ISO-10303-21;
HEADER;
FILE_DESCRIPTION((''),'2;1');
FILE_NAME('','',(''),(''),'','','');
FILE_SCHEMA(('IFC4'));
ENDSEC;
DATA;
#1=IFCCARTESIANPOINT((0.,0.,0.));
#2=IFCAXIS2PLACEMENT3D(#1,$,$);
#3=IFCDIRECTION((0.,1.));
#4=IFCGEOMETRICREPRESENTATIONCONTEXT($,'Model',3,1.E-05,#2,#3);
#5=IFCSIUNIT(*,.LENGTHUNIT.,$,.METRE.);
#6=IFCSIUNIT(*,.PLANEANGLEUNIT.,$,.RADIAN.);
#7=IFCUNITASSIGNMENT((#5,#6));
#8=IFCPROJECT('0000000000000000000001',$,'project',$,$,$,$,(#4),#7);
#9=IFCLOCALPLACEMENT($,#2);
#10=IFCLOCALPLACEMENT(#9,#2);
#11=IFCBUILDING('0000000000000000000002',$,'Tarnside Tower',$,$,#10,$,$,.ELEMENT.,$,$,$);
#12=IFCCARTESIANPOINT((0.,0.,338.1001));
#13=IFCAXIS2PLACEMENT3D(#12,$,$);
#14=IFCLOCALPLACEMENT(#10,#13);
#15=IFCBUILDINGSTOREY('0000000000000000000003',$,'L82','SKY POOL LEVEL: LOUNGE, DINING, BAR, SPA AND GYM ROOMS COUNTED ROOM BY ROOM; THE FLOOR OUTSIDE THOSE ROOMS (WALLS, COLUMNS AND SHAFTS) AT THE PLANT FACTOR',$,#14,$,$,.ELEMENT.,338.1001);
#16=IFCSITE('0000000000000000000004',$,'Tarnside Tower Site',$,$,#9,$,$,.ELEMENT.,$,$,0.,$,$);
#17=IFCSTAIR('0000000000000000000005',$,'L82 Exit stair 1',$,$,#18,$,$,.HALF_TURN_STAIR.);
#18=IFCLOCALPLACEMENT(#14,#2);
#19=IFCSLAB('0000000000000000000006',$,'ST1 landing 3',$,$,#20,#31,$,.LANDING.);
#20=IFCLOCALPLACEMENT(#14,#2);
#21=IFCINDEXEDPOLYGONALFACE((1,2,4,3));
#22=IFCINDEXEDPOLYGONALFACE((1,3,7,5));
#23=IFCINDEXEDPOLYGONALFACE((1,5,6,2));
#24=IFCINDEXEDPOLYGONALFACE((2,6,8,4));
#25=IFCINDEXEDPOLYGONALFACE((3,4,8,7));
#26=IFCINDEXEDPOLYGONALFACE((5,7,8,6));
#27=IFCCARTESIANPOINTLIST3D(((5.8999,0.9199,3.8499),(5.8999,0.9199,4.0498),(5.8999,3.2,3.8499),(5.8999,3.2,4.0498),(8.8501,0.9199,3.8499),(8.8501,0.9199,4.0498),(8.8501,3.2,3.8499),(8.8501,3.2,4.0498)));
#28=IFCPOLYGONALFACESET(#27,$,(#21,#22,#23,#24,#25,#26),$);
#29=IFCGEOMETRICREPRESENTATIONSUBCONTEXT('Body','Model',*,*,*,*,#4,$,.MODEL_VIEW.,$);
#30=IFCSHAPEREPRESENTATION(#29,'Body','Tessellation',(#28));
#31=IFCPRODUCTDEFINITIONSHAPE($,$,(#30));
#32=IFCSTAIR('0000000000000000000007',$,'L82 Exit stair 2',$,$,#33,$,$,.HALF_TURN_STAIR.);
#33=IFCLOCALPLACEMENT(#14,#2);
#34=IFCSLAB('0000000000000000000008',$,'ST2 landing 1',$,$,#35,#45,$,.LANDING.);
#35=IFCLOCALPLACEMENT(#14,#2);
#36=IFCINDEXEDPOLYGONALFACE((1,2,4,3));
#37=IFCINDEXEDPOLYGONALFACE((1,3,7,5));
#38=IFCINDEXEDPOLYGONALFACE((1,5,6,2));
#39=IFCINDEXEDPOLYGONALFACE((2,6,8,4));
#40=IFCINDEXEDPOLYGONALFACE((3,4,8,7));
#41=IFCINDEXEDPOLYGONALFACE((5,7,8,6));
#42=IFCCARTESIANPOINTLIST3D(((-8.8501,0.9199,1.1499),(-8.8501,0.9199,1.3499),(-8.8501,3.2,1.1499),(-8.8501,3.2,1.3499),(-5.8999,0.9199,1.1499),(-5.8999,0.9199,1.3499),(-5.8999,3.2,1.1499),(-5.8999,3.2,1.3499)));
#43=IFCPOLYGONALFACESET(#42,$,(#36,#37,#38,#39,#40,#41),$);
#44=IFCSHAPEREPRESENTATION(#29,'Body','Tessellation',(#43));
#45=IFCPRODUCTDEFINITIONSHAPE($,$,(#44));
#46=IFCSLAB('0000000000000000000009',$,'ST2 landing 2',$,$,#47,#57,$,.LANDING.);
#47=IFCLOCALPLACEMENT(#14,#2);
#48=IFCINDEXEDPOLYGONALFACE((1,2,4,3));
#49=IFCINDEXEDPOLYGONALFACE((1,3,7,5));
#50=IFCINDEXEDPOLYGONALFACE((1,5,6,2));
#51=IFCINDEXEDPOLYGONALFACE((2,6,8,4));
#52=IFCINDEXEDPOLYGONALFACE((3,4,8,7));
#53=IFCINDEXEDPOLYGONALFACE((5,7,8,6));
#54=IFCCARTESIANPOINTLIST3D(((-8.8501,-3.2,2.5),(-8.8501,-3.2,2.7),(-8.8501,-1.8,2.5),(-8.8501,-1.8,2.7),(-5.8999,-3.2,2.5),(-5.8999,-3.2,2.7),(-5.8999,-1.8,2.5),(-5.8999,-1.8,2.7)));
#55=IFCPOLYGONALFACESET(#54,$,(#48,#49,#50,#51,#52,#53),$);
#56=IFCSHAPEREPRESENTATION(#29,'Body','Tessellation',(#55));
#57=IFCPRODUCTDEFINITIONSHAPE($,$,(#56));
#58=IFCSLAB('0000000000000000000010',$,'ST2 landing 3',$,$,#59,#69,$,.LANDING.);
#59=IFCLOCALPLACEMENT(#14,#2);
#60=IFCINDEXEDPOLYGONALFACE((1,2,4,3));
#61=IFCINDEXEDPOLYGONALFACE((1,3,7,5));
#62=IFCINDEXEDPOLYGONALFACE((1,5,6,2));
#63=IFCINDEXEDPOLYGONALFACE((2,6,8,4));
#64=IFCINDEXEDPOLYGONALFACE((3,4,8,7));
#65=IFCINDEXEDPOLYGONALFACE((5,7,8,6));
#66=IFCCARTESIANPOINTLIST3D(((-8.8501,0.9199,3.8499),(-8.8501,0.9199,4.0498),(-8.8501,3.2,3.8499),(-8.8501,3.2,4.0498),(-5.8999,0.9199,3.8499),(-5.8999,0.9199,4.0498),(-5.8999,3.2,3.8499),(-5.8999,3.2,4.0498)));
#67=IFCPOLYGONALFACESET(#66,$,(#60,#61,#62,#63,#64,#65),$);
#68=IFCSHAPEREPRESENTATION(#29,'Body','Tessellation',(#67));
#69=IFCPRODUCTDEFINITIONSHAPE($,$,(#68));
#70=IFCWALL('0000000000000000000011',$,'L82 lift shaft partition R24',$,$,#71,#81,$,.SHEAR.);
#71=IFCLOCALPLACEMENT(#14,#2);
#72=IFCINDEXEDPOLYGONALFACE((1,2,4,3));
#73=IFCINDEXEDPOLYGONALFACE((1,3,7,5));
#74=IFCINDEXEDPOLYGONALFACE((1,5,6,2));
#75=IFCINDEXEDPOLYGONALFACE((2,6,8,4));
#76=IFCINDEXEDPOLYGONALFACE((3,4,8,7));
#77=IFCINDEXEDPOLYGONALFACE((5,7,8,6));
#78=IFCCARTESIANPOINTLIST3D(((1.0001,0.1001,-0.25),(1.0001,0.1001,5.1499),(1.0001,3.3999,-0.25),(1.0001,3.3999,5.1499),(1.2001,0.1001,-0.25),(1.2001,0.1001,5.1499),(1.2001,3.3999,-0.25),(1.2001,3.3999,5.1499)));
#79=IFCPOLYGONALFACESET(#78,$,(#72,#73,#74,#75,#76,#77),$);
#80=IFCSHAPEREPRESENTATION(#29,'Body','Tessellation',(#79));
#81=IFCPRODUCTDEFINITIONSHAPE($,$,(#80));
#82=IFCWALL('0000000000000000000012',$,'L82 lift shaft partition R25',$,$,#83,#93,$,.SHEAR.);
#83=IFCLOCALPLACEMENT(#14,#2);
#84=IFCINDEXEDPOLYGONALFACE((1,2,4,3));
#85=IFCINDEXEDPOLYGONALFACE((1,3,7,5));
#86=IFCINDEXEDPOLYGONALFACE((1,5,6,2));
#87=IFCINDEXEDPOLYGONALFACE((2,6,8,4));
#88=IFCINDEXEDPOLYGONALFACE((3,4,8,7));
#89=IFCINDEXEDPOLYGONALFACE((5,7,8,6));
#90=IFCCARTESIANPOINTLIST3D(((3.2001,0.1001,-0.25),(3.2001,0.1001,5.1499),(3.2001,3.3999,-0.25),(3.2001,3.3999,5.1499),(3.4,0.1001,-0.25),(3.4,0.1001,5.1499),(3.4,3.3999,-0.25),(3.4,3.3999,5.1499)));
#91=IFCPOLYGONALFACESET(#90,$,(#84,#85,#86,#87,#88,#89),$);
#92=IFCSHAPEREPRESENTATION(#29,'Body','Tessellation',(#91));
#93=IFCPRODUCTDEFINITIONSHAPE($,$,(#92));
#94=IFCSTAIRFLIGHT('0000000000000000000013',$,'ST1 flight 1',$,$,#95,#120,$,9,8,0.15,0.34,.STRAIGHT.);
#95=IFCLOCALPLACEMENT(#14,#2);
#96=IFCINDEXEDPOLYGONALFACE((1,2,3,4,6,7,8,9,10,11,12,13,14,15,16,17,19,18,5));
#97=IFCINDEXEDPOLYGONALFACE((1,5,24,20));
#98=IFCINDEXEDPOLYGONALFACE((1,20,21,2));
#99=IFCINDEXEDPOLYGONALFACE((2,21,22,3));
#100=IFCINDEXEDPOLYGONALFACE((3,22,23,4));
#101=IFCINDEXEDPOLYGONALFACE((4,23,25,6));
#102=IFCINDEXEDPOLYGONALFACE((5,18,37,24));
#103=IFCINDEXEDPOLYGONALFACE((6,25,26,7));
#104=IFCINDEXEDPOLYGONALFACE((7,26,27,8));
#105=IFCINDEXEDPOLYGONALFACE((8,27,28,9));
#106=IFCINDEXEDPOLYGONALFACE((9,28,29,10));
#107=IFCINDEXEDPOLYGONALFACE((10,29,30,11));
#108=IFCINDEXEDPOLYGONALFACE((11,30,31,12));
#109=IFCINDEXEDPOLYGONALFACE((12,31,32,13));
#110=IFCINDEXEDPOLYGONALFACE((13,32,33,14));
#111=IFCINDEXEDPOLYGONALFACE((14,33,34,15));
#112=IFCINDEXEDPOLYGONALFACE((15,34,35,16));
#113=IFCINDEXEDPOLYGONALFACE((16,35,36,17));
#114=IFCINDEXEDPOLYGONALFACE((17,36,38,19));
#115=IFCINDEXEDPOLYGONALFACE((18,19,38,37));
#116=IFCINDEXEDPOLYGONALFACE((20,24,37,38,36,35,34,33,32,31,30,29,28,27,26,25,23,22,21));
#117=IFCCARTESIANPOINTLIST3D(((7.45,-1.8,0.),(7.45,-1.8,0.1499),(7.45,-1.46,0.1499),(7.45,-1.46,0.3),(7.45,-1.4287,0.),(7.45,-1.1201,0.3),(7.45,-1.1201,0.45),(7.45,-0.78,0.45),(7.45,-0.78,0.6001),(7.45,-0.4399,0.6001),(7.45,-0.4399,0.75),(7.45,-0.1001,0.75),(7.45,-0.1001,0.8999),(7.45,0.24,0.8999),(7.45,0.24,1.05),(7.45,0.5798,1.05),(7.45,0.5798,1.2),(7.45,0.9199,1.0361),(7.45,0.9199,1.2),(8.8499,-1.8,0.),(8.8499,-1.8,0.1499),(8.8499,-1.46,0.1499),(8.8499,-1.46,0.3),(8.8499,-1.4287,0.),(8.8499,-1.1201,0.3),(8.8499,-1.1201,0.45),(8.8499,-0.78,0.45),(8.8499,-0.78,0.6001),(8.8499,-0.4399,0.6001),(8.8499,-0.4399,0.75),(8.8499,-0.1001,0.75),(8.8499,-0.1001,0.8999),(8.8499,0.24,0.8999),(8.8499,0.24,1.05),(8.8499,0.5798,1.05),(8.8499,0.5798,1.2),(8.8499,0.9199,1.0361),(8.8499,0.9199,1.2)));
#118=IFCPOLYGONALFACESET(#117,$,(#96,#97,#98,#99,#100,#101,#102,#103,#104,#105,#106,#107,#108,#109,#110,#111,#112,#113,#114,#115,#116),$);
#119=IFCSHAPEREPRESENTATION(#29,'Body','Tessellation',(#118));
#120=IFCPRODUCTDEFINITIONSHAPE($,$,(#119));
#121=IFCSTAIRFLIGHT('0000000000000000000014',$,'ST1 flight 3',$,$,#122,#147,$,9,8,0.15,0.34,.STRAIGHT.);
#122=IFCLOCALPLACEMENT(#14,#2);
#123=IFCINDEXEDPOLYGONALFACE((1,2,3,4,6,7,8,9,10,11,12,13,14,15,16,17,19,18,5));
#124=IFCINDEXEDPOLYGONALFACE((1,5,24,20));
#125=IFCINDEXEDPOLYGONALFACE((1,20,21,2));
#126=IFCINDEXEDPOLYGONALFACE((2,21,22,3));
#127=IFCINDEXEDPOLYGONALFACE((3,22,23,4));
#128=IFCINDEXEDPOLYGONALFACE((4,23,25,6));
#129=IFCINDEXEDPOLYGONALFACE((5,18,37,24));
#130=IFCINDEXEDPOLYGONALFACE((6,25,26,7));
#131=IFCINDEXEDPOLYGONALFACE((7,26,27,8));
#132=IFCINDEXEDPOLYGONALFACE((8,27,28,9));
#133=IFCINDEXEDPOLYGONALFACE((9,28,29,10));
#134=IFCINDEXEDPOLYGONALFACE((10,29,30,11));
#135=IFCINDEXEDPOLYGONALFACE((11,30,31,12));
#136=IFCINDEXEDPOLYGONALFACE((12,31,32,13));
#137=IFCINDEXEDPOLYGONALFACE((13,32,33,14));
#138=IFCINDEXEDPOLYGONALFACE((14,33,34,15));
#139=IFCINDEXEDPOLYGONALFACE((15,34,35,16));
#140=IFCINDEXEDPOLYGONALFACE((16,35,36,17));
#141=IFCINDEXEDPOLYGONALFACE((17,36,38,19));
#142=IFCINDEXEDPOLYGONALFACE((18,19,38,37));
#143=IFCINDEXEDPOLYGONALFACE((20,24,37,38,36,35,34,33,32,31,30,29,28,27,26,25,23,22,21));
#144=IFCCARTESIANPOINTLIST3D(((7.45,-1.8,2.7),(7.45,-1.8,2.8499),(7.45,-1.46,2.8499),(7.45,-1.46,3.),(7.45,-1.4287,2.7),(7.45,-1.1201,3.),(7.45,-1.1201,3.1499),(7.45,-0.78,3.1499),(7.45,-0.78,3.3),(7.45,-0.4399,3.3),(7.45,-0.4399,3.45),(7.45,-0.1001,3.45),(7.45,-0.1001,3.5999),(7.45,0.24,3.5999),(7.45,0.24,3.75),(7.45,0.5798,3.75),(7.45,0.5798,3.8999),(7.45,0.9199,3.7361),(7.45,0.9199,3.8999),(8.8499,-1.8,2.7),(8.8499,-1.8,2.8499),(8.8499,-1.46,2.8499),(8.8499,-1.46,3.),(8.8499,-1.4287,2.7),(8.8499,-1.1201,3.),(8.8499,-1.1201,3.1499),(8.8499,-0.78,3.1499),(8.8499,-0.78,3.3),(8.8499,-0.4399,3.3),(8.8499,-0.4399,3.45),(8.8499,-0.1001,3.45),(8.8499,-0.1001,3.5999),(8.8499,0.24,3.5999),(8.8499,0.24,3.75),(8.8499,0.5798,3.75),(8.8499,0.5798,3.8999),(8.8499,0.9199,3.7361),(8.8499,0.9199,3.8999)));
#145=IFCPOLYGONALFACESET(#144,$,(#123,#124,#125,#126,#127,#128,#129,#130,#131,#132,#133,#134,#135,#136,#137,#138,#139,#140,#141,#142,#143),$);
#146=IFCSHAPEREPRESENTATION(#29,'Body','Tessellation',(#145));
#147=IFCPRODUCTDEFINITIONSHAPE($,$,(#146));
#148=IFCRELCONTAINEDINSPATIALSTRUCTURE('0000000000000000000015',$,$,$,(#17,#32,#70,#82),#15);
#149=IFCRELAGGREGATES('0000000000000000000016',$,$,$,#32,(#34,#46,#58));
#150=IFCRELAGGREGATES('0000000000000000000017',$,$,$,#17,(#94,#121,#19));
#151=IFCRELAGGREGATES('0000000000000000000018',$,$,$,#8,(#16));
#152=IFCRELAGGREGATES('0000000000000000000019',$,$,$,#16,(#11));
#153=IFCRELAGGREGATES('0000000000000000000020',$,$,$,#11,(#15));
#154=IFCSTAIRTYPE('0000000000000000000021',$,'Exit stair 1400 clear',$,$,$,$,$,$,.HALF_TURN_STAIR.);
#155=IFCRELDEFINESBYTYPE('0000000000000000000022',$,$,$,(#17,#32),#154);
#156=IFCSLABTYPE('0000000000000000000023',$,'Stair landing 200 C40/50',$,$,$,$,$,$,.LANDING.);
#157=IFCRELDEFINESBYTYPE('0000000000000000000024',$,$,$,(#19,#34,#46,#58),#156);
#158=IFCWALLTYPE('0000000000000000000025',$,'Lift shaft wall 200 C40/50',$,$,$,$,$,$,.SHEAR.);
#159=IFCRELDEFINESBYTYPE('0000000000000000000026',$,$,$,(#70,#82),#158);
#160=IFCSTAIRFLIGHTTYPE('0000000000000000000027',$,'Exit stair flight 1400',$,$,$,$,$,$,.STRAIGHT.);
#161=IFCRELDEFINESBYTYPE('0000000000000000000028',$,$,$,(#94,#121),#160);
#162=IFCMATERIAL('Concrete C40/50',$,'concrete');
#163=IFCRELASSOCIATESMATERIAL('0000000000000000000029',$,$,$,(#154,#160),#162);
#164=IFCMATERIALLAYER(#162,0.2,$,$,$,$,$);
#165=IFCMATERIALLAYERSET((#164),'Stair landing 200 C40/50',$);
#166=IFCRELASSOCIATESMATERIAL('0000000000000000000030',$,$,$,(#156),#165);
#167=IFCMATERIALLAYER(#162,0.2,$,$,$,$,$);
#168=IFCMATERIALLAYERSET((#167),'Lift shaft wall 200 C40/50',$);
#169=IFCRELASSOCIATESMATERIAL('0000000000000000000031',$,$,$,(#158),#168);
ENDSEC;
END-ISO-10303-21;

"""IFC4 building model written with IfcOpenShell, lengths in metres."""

from ifc_helpers import new_model, si_unit, direction, frame, frame_2d, origin, place, context, subcontext, project, spatial, polyline, rectangle, outline, extrude, material, layer, layer_set, type_object, element, aggregate, save


model = new_model("IFC4")

# Units and contexts
model_context = context("Model", 3, precision=1e-05, world=origin(), true_north=direction((0.0, 1.0)))
body_context = subcontext(model_context, "Body", "Model", "MODEL_VIEW")
ifc_project = project(units=[si_unit("LENGTHUNIT", "METRE"), si_unit("PLANEANGLEUNIT", "RADIAN")], contexts=[model_context])

# Site, building, storey
site_placement = place(None, origin())
site = spatial("IfcSite", under=ifc_project, at=site_placement, Name="Tarnside Tower Site", CompositionType="ELEMENT", RefElevation=0.0)
building_placement = place(site_placement, origin())
building = spatial("IfcBuilding", under=site, at=building_placement, Name="Tarnside Tower", CompositionType="ELEMENT")
storey_placement = place(building_placement, frame((0.0, 0.0, 338.1001)))
storey = spatial("IfcBuildingStorey", under=building, at=storey_placement, Name="L82", Description="SKY POOL LEVEL: LOUNGE, DINING, BAR, SPA AND GYM ROOMS COUNTED ROOM BY ROOM; THE FLOOR OUTSIDE THOSE ROOMS (WALLS, COLUMNS AND SHAFTS) AT THE PLANT FACTOR", CompositionType="ELEMENT", Elevation=338.1001)

# Shared definitions
ifc_material_1 = material(Name="Concrete C40/50", Category="concrete")

# Stairs, slabs
stair_type = type_object("IfcStairType", Name="Exit stair 1400 clear", PredefinedType="HALF_TURN_STAIR", material=ifc_material_1)
stair_1_placement = place(storey_placement, origin())
stair_1 = element("IfcStair", 1, at=stair_1_placement, inside=storey, type_object=stair_type, Name="L82 Exit stair 1", PredefinedType="HALF_TURN_STAIR")
ifc_layer_1 = layer(ifc_material_1, 0.2)
ifc_layer_set_1 = layer_set([ifc_layer_1], Name="Stair landing 200 C40/50")
slab_type_1 = type_object("IfcSlabType", Name="Stair landing 200 C40/50", PredefinedType="LANDING", material=ifc_layer_set_1)
slab_1_placement = place(storey_placement, frame((0.0, 0.0, 3.8499)))
slab_1 = element("IfcSlab", 2, at=slab_1_placement, type_object=slab_type_1, Name="ST1 landing 3", PredefinedType="LANDING", context=body_context, shape_type="SweptSolid", body=[
    extrude(outline(polyline([(8.8501, 0.9199), (8.8501, 3.2), (5.8999, 3.2), (5.8999, 0.9199), (8.8501, 0.9199)])), origin(), (0.0, 0.0, 1.0), 0.2),
])
stair_2_placement = place(storey_placement, origin())
stair_2 = element("IfcStair", 3, at=stair_2_placement, inside=storey, type_object=stair_type, Name="L82 Exit stair 2", PredefinedType="HALF_TURN_STAIR")
slab_2_placement = place(storey_placement, frame((0.0, 0.0, 1.1499)))
slab_2 = element("IfcSlab", 4, at=slab_2_placement, type_object=slab_type_1, Name="ST2 landing 1", PredefinedType="LANDING", context=body_context, shape_type="SweptSolid", body=[
    extrude(outline(polyline([(-5.8999, 0.9199), (-5.8999, 3.2), (-8.8501, 3.2), (-8.8501, 0.9199), (-5.8999, 0.9199)])), origin(), (0.0, 0.0, 1.0), 0.2),
])
slab_3_placement = place(storey_placement, frame((0.0, 0.0, 2.5)))
slab_3 = element("IfcSlab", 5, at=slab_3_placement, type_object=slab_type_1, Name="ST2 landing 2", PredefinedType="LANDING", context=body_context, shape_type="SweptSolid", body=[
    extrude(outline(polyline([(-5.8999, -3.2), (-5.8999, -1.8), (-8.8501, -1.8), (-8.8501, -3.2), (-5.8999, -3.2)])), origin(), (0.0, 0.0, 1.0), 0.2),
])
slab_4_placement = place(storey_placement, frame((0.0, 0.0, 3.8499)))
slab_4 = element("IfcSlab", 6, at=slab_4_placement, type_object=slab_type_1, Name="ST2 landing 3", PredefinedType="LANDING", context=body_context, shape_type="SweptSolid", body=[
    extrude(outline(polyline([(-5.8999, 0.9199), (-5.8999, 3.2), (-8.8501, 3.2), (-8.8501, 0.9199), (-5.8999, 0.9199)])), origin(), (0.0, 0.0, 1.0), 0.2),
])
aggregate(stair_2, [slab_2, slab_3, slab_4])

# Walls
ifc_layer_2 = layer(ifc_material_1, 0.2)
ifc_layer_set_2 = layer_set([ifc_layer_2], Name="Lift shaft wall 200 C40/50")
wall_type = type_object("IfcWallType", Name="Lift shaft wall 200 C40/50", PredefinedType="SHEAR", material=ifc_layer_set_2)
for number, where, z_axis, x_axis, name in (
    (7, (1.1001, 0.1001, -0.25), (0.0, 0.0, 1.0), (0.0, 1.0, 0.0), "L82 lift shaft partition R24"),
    (8, (3.3, 0.1001, -0.25), (0.0, 0.0, 1.0), (0.0, 1.0, 0.0), "L82 lift shaft partition R25"),
):
    element("IfcWall", number, at=place(storey_placement, frame(where, z_axis=z_axis, x_axis=x_axis)), inside=storey, type_object=wall_type, Name=name, PredefinedType="SHEAR", context=body_context, shape_type="SweptSolid", body=[
        extrude(rectangle(XDim=3.2998, YDim=0.2, at=frame_2d((1.6499, 0.0))), origin(), (0.0, 0.0, 1.0), 5.3999),
    ])

# Stair flights
stair_flight_type = type_object("IfcStairFlightType", Name="Exit stair flight 1400", PredefinedType="STRAIGHT", material=ifc_material_1)
stair_flight_1_placement = place(storey_placement, frame((8.1499, -1.8, 0.0), z_axis=(0.0, 0.0, 1.0), x_axis=(0.0, 1.0, 0.0)))
stair_flight_1 = element("IfcStairFlight", 9, at=stair_flight_1_placement, type_object=stair_flight_type, Name="ST1 flight 1", NumberOfRisers=9, NumberOfTreads=8, PredefinedType="STRAIGHT", RiserHeight=0.15, TreadLength=0.34, context=body_context, shape_type="SweptSolid", body=[
    extrude(outline(polyline([(0.0, 0.0), (0.0, 0.1499), (0.3401, 0.1499), (0.3401, 0.3), (0.6799, 0.3), (0.6799, 0.45), (1.02, 0.45), (1.02, 0.6001), (1.3601, 0.6001), (1.3601, 0.75), (1.7, 0.75), (1.7, 0.8999), (2.04, 0.8999), (2.04, 1.05), (2.3799, 1.05), (2.3799, 1.2), (2.72, 1.2), (2.72, 1.3501), (2.72, 1.0361), (0.3713, 0.0), (0.0, 0.0)])), frame((0.0, 0.7, 0.0), z_axis=(0.0, -1.0, 0.0), x_axis=(1.0, 0.0, 0.0)), (0.0, 0.0, 1.0), 1.3999),
])
stair_flight_2_placement = place(storey_placement, frame((8.1499, -1.8, 2.7), z_axis=(0.0, 0.0, 1.0), x_axis=(0.0, 1.0, 0.0)))
stair_flight_2 = element("IfcStairFlight", 10, at=stair_flight_2_placement, type_object=stair_flight_type, Name="ST1 flight 3", NumberOfRisers=9, NumberOfTreads=8, PredefinedType="STRAIGHT", RiserHeight=0.15, TreadLength=0.34, context=body_context, shape_type="SweptSolid", body=[
    extrude(outline(polyline([(0.0, 0.0), (0.0, 0.1499), (0.3401, 0.1499), (0.3401, 0.3), (0.6799, 0.3), (0.6799, 0.45), (1.02, 0.45), (1.02, 0.6001), (1.3601, 0.6001), (1.3601, 0.75), (1.7, 0.75), (1.7, 0.8999), (2.04, 0.8999), (2.04, 1.05), (2.3799, 1.05), (2.3799, 1.2), (2.72, 1.2), (2.72, 1.3501), (2.72, 1.0361), (0.3713, 0.0), (0.0, 0.0)])), frame((0.0, 0.7, 0.0), z_axis=(0.0, -1.0, 0.0), x_axis=(1.0, 0.0, 0.0)), (0.0, 0.0, 1.0), 1.3999),
])
aggregate(stair_1, [stair_flight_1, stair_flight_2, slab_1])

save(model, "model.ifc")
